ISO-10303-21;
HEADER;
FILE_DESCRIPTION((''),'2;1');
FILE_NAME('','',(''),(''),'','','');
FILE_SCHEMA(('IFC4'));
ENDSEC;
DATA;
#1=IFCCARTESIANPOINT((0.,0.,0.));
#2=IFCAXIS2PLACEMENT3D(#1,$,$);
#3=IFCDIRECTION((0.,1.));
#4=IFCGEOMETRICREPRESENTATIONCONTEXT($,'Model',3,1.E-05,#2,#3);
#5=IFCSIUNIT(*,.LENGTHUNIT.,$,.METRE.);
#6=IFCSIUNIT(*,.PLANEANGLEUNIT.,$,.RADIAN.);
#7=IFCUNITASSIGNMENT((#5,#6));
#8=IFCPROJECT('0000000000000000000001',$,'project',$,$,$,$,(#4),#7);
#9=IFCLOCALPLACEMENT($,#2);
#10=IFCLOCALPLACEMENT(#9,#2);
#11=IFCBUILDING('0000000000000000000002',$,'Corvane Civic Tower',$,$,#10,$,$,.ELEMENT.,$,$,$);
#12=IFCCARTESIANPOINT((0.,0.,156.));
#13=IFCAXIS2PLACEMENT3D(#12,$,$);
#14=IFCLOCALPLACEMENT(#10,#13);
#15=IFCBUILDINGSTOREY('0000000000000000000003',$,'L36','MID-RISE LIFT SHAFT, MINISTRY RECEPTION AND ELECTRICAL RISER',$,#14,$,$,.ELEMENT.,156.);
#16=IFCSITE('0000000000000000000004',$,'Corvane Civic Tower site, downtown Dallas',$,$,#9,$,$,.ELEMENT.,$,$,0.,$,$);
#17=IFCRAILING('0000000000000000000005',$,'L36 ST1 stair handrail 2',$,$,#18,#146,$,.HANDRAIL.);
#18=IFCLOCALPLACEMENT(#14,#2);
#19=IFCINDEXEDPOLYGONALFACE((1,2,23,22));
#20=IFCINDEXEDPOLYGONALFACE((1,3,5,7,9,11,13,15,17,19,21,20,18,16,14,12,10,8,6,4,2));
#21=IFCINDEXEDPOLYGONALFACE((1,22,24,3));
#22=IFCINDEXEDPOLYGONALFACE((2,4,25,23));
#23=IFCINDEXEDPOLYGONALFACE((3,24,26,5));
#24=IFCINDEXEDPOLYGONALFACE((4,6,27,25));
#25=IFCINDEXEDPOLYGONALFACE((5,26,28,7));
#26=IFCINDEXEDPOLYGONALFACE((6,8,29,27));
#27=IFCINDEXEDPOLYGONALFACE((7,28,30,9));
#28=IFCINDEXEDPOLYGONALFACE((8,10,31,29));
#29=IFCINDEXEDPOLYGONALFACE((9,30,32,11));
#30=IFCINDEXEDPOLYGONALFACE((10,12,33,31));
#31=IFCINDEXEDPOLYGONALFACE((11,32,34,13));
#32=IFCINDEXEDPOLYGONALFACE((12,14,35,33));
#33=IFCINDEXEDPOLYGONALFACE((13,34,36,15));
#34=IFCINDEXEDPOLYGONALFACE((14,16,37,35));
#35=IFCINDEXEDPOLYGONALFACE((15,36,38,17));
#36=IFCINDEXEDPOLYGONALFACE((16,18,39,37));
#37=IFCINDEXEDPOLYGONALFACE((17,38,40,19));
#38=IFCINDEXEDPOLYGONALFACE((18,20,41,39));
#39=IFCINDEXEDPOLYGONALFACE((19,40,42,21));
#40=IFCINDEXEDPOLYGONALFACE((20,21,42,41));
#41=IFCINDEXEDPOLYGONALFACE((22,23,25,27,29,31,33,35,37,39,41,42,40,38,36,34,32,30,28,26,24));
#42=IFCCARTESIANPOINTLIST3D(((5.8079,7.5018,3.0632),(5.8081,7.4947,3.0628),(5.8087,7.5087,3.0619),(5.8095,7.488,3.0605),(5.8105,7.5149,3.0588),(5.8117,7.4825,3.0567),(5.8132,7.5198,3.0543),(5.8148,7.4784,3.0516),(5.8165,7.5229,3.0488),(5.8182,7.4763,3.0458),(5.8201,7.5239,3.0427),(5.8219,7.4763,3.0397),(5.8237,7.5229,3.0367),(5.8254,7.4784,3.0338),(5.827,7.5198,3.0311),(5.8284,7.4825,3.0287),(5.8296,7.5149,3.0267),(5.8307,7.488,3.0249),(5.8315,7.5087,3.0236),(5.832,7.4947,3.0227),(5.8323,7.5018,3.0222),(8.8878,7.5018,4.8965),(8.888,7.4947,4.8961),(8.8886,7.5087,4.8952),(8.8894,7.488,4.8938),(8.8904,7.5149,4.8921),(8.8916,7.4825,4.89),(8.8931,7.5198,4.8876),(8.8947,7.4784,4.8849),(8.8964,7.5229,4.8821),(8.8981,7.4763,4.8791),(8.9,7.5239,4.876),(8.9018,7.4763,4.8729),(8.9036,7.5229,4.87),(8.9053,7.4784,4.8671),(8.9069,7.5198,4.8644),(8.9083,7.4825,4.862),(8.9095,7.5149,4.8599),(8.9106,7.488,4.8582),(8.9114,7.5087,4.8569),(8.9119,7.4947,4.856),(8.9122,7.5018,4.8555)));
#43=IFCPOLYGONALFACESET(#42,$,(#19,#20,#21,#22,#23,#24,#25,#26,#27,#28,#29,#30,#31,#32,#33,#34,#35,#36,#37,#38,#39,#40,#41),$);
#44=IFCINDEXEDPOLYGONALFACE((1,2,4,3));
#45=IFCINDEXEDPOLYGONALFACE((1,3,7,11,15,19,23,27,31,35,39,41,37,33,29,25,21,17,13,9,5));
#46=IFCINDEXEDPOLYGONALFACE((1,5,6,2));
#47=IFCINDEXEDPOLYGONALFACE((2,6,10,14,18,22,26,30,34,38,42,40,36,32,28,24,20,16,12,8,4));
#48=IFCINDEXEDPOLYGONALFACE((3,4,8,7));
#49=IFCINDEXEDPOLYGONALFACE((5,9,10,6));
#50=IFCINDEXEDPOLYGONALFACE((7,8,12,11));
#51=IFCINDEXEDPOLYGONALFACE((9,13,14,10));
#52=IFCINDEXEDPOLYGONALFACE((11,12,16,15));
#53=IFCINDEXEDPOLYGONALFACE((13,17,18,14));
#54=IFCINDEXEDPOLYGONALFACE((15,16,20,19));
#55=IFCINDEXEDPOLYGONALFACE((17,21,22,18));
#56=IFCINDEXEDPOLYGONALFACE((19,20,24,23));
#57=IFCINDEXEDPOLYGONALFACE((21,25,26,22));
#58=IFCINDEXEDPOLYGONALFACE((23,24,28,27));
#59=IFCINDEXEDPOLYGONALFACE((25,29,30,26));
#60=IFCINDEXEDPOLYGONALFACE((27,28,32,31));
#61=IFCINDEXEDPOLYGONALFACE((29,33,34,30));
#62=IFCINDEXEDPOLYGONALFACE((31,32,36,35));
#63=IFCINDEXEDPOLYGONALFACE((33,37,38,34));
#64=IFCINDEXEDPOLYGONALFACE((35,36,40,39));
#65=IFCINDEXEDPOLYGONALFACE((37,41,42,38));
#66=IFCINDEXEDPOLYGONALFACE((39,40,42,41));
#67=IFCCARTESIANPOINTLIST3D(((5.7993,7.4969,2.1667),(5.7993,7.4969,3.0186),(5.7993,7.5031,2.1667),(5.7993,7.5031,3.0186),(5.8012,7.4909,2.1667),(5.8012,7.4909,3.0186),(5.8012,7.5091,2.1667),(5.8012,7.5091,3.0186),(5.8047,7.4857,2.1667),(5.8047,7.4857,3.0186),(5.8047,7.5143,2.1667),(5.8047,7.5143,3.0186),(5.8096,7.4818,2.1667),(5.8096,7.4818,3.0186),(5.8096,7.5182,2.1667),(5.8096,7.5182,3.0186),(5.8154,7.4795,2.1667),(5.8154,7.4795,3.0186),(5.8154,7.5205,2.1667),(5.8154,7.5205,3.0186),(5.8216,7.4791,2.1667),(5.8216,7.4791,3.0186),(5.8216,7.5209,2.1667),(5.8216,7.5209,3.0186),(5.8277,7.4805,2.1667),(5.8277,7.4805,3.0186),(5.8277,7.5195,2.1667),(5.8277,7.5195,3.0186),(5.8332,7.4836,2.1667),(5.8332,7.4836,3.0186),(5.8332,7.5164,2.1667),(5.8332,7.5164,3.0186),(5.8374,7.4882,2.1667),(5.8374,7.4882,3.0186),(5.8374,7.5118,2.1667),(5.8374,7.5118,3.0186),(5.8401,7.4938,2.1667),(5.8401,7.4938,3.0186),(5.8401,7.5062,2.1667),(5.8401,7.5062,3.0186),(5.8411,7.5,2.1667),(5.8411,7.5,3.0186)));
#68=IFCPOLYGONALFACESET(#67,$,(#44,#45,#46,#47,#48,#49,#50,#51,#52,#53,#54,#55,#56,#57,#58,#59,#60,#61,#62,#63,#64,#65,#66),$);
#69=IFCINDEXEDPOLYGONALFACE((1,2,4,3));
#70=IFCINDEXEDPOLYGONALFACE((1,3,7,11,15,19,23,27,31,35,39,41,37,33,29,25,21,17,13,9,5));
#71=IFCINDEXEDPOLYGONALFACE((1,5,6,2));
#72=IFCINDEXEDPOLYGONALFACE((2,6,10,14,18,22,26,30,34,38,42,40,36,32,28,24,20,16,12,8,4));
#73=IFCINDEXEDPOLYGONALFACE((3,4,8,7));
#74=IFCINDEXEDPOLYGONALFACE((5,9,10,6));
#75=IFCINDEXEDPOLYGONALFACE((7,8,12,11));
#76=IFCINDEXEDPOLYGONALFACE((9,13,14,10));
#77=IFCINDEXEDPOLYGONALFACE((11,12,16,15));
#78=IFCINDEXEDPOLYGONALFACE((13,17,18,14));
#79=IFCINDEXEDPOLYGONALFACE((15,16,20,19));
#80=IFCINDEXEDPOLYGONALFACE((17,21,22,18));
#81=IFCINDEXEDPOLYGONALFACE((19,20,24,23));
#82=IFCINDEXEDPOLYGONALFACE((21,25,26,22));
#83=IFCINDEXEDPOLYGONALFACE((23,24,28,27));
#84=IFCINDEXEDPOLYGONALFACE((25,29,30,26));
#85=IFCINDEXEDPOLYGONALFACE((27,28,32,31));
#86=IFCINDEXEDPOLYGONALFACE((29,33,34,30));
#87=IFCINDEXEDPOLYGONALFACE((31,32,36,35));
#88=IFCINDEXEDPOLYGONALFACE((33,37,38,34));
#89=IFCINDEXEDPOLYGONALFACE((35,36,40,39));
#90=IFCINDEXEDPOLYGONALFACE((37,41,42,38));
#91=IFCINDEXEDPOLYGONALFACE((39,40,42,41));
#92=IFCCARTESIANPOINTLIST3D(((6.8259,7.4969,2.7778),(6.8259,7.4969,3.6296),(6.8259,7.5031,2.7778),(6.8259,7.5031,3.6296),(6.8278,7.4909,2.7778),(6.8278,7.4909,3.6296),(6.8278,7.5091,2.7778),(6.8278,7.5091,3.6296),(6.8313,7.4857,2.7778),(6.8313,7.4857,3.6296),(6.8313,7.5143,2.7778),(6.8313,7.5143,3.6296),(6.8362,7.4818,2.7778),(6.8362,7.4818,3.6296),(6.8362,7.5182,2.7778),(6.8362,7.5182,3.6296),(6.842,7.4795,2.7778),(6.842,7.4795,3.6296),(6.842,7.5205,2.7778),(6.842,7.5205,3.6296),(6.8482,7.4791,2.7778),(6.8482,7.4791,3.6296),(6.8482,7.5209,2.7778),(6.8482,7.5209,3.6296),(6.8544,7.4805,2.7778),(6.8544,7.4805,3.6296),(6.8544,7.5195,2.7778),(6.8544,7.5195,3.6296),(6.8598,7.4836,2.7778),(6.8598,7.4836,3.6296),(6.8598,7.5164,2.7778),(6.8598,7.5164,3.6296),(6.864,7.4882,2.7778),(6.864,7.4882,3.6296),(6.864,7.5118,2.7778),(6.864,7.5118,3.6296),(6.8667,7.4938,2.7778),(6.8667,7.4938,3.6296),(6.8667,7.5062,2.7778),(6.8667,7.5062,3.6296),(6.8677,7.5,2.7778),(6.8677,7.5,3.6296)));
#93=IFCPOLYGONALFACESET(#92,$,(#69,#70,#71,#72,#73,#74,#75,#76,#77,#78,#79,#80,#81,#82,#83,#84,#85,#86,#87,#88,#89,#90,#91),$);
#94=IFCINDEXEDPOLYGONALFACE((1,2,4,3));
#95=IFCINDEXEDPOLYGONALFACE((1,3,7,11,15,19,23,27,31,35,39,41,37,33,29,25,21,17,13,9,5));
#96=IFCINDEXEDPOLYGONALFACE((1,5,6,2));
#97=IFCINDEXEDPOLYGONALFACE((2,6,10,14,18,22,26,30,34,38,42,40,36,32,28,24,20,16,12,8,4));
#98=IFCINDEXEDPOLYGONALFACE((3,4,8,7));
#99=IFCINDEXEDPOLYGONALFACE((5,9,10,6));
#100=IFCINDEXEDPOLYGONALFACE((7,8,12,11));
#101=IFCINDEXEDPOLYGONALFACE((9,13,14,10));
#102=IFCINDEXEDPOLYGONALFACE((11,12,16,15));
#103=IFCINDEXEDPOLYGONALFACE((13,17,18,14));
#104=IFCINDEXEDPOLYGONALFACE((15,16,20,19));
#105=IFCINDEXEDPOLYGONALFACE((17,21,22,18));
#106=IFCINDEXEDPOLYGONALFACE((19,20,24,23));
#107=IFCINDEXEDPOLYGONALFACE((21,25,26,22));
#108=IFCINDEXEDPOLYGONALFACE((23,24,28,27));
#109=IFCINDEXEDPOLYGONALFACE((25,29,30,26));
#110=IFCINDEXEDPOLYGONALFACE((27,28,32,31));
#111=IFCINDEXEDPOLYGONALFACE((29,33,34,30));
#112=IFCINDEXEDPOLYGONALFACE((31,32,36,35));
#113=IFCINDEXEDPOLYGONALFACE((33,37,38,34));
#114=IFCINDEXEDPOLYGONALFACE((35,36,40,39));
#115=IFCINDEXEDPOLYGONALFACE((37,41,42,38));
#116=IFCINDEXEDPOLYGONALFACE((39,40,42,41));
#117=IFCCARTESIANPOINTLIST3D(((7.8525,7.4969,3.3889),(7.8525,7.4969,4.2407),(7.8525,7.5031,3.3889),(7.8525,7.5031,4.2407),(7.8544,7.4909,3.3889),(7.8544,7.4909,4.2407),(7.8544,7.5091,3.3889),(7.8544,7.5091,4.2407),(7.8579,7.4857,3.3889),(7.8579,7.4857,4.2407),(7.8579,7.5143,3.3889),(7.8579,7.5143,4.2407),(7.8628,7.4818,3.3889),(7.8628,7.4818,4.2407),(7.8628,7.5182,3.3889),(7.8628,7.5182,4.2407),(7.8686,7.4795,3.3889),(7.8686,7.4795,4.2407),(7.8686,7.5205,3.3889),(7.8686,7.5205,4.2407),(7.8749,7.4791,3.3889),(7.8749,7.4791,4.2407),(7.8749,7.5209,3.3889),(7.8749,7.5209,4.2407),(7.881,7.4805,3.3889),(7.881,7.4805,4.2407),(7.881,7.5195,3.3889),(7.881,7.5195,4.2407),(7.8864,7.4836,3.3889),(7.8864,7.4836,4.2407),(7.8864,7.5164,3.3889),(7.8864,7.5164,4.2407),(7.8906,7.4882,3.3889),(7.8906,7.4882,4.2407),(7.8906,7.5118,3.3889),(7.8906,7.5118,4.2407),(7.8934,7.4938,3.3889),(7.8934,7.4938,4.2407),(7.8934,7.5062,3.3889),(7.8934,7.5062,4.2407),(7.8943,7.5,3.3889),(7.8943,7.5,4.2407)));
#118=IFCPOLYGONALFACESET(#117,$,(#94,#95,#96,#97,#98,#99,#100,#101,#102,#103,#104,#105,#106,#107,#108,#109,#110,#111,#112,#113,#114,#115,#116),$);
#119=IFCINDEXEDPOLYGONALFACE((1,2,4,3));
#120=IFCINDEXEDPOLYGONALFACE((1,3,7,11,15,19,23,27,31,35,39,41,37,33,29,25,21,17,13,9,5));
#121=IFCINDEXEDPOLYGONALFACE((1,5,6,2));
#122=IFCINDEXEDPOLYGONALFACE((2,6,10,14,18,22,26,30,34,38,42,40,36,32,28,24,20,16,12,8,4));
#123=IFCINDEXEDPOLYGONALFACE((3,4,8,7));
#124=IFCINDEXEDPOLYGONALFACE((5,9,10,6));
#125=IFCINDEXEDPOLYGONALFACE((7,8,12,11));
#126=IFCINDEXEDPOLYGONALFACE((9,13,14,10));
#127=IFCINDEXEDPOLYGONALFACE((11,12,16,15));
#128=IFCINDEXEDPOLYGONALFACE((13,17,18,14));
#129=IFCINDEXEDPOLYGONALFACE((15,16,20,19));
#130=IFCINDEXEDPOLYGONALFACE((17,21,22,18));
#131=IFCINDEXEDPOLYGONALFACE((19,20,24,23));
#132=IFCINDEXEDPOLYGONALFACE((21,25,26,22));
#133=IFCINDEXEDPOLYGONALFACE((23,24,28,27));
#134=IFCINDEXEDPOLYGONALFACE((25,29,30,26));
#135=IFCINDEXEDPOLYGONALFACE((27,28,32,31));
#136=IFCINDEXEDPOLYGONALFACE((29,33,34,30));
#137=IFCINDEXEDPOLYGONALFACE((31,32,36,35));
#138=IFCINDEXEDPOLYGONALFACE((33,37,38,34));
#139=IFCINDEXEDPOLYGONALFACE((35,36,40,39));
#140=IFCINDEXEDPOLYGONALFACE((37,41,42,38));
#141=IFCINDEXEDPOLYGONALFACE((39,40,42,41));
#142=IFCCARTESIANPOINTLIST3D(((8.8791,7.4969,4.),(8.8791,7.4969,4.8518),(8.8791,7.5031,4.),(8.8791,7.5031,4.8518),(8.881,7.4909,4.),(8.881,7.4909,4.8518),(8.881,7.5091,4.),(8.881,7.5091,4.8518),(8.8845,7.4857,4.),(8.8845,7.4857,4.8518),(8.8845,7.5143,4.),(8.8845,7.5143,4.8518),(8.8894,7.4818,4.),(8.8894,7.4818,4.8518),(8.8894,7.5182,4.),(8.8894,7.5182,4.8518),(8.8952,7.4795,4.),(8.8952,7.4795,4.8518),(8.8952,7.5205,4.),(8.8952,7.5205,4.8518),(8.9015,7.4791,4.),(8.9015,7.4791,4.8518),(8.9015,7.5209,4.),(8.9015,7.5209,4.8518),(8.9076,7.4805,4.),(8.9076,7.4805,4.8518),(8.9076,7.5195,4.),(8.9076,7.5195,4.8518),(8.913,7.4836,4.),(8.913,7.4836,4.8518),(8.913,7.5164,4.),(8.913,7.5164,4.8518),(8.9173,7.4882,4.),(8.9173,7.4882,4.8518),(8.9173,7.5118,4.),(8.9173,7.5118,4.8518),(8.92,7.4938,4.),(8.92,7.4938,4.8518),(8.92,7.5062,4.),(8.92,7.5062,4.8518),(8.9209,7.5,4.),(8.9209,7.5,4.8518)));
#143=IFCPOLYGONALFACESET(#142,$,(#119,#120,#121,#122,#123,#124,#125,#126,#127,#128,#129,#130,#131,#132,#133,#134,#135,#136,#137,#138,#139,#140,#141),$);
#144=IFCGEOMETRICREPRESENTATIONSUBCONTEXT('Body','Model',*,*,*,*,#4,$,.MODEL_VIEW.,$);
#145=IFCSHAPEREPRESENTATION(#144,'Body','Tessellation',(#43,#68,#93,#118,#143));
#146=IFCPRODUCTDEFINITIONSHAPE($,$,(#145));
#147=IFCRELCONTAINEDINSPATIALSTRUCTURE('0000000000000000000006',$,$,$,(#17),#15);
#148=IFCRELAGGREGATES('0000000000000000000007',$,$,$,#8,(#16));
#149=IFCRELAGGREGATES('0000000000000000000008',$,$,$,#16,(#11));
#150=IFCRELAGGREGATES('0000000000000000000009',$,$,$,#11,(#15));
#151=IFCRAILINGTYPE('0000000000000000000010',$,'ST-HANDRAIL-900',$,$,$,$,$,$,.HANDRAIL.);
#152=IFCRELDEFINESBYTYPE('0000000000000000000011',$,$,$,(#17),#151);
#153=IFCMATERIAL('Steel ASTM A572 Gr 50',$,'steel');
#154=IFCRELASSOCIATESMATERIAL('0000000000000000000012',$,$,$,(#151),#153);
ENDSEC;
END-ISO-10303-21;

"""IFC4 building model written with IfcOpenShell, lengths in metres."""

from ifc_helpers import new_model, si_unit, direction, frame, origin, origin_2d, place, context, subcontext, project, spatial, circle, extrude, material, type_object, element, save


model = new_model("IFC4")

# Units and contexts
model_context = context("Model", 3, precision=1e-05, world=origin(), true_north=direction((0.0, 1.0)))
body_context = subcontext(model_context, "Body", "Model", "MODEL_VIEW")
ifc_project = project(units=[si_unit("LENGTHUNIT", "METRE"), si_unit("PLANEANGLEUNIT", "RADIAN")], contexts=[model_context])

# Site, building, storey
site_placement = place(None, origin())
site = spatial("IfcSite", under=ifc_project, at=site_placement, Name="Corvane Civic Tower site, downtown Dallas", CompositionType="ELEMENT", RefElevation=0.0)
building_placement = place(site_placement, origin())
building = spatial("IfcBuilding", under=site, at=building_placement, Name="Corvane Civic Tower", CompositionType="ELEMENT")
storey_placement = place(building_placement, frame((0.0, 0.0, 156.0)))
storey = spatial("IfcBuildingStorey", under=building, at=storey_placement, Name="L36", Description="MID-RISE LIFT SHAFT, MINISTRY RECEPTION AND ELECTRICAL RISER", CompositionType="ELEMENT", Elevation=156.0)

# Railing
ifc_material_1 = material(Name="Steel ASTM A572 Gr 50", Category="steel")
railing_type_1 = type_object("IfcRailingType", Name="ST-HANDRAIL-900", PredefinedType="HANDRAIL", material=ifc_material_1)
railing_1_placement = place(storey_placement, frame((5.8201, 7.5, 2.1667)))
element("IfcRailing", 1, at=railing_1_placement, inside=storey, type_object=railing_type_1, Name="L36 ST1 stair handrail 2", PredefinedType="HANDRAIL", context=body_context, shape_type="SweptSolid", body=[
    extrude(circle(Radius=0.0239, at=origin_2d()), frame((0.0, 0.0, 0.876), z_axis=(0.859291, 0.0, 0.511487), x_axis=(0.0, 1.0, 0.0)), (0.0, 0.0, 1.0), 3.5842),
    extrude(circle(Radius=0.021, at=origin_2d()), origin(), (0.0, 0.0, 1.0), 0.8518),
    extrude(circle(Radius=0.021, at=origin_2d()), frame((1.0266, 0.0, 0.6111)), (0.0, 0.0, 1.0), 0.8518),
    extrude(circle(Radius=0.021, at=origin_2d()), frame((2.0532, 0.0, 1.2222)), (0.0, 0.0, 1.0), 0.8518),
    extrude(circle(Radius=0.021, at=origin_2d()), frame((3.0798, 0.0, 1.8333)), (0.0, 0.0, 1.0), 0.8518),
])

save(model, "model.ifc")
